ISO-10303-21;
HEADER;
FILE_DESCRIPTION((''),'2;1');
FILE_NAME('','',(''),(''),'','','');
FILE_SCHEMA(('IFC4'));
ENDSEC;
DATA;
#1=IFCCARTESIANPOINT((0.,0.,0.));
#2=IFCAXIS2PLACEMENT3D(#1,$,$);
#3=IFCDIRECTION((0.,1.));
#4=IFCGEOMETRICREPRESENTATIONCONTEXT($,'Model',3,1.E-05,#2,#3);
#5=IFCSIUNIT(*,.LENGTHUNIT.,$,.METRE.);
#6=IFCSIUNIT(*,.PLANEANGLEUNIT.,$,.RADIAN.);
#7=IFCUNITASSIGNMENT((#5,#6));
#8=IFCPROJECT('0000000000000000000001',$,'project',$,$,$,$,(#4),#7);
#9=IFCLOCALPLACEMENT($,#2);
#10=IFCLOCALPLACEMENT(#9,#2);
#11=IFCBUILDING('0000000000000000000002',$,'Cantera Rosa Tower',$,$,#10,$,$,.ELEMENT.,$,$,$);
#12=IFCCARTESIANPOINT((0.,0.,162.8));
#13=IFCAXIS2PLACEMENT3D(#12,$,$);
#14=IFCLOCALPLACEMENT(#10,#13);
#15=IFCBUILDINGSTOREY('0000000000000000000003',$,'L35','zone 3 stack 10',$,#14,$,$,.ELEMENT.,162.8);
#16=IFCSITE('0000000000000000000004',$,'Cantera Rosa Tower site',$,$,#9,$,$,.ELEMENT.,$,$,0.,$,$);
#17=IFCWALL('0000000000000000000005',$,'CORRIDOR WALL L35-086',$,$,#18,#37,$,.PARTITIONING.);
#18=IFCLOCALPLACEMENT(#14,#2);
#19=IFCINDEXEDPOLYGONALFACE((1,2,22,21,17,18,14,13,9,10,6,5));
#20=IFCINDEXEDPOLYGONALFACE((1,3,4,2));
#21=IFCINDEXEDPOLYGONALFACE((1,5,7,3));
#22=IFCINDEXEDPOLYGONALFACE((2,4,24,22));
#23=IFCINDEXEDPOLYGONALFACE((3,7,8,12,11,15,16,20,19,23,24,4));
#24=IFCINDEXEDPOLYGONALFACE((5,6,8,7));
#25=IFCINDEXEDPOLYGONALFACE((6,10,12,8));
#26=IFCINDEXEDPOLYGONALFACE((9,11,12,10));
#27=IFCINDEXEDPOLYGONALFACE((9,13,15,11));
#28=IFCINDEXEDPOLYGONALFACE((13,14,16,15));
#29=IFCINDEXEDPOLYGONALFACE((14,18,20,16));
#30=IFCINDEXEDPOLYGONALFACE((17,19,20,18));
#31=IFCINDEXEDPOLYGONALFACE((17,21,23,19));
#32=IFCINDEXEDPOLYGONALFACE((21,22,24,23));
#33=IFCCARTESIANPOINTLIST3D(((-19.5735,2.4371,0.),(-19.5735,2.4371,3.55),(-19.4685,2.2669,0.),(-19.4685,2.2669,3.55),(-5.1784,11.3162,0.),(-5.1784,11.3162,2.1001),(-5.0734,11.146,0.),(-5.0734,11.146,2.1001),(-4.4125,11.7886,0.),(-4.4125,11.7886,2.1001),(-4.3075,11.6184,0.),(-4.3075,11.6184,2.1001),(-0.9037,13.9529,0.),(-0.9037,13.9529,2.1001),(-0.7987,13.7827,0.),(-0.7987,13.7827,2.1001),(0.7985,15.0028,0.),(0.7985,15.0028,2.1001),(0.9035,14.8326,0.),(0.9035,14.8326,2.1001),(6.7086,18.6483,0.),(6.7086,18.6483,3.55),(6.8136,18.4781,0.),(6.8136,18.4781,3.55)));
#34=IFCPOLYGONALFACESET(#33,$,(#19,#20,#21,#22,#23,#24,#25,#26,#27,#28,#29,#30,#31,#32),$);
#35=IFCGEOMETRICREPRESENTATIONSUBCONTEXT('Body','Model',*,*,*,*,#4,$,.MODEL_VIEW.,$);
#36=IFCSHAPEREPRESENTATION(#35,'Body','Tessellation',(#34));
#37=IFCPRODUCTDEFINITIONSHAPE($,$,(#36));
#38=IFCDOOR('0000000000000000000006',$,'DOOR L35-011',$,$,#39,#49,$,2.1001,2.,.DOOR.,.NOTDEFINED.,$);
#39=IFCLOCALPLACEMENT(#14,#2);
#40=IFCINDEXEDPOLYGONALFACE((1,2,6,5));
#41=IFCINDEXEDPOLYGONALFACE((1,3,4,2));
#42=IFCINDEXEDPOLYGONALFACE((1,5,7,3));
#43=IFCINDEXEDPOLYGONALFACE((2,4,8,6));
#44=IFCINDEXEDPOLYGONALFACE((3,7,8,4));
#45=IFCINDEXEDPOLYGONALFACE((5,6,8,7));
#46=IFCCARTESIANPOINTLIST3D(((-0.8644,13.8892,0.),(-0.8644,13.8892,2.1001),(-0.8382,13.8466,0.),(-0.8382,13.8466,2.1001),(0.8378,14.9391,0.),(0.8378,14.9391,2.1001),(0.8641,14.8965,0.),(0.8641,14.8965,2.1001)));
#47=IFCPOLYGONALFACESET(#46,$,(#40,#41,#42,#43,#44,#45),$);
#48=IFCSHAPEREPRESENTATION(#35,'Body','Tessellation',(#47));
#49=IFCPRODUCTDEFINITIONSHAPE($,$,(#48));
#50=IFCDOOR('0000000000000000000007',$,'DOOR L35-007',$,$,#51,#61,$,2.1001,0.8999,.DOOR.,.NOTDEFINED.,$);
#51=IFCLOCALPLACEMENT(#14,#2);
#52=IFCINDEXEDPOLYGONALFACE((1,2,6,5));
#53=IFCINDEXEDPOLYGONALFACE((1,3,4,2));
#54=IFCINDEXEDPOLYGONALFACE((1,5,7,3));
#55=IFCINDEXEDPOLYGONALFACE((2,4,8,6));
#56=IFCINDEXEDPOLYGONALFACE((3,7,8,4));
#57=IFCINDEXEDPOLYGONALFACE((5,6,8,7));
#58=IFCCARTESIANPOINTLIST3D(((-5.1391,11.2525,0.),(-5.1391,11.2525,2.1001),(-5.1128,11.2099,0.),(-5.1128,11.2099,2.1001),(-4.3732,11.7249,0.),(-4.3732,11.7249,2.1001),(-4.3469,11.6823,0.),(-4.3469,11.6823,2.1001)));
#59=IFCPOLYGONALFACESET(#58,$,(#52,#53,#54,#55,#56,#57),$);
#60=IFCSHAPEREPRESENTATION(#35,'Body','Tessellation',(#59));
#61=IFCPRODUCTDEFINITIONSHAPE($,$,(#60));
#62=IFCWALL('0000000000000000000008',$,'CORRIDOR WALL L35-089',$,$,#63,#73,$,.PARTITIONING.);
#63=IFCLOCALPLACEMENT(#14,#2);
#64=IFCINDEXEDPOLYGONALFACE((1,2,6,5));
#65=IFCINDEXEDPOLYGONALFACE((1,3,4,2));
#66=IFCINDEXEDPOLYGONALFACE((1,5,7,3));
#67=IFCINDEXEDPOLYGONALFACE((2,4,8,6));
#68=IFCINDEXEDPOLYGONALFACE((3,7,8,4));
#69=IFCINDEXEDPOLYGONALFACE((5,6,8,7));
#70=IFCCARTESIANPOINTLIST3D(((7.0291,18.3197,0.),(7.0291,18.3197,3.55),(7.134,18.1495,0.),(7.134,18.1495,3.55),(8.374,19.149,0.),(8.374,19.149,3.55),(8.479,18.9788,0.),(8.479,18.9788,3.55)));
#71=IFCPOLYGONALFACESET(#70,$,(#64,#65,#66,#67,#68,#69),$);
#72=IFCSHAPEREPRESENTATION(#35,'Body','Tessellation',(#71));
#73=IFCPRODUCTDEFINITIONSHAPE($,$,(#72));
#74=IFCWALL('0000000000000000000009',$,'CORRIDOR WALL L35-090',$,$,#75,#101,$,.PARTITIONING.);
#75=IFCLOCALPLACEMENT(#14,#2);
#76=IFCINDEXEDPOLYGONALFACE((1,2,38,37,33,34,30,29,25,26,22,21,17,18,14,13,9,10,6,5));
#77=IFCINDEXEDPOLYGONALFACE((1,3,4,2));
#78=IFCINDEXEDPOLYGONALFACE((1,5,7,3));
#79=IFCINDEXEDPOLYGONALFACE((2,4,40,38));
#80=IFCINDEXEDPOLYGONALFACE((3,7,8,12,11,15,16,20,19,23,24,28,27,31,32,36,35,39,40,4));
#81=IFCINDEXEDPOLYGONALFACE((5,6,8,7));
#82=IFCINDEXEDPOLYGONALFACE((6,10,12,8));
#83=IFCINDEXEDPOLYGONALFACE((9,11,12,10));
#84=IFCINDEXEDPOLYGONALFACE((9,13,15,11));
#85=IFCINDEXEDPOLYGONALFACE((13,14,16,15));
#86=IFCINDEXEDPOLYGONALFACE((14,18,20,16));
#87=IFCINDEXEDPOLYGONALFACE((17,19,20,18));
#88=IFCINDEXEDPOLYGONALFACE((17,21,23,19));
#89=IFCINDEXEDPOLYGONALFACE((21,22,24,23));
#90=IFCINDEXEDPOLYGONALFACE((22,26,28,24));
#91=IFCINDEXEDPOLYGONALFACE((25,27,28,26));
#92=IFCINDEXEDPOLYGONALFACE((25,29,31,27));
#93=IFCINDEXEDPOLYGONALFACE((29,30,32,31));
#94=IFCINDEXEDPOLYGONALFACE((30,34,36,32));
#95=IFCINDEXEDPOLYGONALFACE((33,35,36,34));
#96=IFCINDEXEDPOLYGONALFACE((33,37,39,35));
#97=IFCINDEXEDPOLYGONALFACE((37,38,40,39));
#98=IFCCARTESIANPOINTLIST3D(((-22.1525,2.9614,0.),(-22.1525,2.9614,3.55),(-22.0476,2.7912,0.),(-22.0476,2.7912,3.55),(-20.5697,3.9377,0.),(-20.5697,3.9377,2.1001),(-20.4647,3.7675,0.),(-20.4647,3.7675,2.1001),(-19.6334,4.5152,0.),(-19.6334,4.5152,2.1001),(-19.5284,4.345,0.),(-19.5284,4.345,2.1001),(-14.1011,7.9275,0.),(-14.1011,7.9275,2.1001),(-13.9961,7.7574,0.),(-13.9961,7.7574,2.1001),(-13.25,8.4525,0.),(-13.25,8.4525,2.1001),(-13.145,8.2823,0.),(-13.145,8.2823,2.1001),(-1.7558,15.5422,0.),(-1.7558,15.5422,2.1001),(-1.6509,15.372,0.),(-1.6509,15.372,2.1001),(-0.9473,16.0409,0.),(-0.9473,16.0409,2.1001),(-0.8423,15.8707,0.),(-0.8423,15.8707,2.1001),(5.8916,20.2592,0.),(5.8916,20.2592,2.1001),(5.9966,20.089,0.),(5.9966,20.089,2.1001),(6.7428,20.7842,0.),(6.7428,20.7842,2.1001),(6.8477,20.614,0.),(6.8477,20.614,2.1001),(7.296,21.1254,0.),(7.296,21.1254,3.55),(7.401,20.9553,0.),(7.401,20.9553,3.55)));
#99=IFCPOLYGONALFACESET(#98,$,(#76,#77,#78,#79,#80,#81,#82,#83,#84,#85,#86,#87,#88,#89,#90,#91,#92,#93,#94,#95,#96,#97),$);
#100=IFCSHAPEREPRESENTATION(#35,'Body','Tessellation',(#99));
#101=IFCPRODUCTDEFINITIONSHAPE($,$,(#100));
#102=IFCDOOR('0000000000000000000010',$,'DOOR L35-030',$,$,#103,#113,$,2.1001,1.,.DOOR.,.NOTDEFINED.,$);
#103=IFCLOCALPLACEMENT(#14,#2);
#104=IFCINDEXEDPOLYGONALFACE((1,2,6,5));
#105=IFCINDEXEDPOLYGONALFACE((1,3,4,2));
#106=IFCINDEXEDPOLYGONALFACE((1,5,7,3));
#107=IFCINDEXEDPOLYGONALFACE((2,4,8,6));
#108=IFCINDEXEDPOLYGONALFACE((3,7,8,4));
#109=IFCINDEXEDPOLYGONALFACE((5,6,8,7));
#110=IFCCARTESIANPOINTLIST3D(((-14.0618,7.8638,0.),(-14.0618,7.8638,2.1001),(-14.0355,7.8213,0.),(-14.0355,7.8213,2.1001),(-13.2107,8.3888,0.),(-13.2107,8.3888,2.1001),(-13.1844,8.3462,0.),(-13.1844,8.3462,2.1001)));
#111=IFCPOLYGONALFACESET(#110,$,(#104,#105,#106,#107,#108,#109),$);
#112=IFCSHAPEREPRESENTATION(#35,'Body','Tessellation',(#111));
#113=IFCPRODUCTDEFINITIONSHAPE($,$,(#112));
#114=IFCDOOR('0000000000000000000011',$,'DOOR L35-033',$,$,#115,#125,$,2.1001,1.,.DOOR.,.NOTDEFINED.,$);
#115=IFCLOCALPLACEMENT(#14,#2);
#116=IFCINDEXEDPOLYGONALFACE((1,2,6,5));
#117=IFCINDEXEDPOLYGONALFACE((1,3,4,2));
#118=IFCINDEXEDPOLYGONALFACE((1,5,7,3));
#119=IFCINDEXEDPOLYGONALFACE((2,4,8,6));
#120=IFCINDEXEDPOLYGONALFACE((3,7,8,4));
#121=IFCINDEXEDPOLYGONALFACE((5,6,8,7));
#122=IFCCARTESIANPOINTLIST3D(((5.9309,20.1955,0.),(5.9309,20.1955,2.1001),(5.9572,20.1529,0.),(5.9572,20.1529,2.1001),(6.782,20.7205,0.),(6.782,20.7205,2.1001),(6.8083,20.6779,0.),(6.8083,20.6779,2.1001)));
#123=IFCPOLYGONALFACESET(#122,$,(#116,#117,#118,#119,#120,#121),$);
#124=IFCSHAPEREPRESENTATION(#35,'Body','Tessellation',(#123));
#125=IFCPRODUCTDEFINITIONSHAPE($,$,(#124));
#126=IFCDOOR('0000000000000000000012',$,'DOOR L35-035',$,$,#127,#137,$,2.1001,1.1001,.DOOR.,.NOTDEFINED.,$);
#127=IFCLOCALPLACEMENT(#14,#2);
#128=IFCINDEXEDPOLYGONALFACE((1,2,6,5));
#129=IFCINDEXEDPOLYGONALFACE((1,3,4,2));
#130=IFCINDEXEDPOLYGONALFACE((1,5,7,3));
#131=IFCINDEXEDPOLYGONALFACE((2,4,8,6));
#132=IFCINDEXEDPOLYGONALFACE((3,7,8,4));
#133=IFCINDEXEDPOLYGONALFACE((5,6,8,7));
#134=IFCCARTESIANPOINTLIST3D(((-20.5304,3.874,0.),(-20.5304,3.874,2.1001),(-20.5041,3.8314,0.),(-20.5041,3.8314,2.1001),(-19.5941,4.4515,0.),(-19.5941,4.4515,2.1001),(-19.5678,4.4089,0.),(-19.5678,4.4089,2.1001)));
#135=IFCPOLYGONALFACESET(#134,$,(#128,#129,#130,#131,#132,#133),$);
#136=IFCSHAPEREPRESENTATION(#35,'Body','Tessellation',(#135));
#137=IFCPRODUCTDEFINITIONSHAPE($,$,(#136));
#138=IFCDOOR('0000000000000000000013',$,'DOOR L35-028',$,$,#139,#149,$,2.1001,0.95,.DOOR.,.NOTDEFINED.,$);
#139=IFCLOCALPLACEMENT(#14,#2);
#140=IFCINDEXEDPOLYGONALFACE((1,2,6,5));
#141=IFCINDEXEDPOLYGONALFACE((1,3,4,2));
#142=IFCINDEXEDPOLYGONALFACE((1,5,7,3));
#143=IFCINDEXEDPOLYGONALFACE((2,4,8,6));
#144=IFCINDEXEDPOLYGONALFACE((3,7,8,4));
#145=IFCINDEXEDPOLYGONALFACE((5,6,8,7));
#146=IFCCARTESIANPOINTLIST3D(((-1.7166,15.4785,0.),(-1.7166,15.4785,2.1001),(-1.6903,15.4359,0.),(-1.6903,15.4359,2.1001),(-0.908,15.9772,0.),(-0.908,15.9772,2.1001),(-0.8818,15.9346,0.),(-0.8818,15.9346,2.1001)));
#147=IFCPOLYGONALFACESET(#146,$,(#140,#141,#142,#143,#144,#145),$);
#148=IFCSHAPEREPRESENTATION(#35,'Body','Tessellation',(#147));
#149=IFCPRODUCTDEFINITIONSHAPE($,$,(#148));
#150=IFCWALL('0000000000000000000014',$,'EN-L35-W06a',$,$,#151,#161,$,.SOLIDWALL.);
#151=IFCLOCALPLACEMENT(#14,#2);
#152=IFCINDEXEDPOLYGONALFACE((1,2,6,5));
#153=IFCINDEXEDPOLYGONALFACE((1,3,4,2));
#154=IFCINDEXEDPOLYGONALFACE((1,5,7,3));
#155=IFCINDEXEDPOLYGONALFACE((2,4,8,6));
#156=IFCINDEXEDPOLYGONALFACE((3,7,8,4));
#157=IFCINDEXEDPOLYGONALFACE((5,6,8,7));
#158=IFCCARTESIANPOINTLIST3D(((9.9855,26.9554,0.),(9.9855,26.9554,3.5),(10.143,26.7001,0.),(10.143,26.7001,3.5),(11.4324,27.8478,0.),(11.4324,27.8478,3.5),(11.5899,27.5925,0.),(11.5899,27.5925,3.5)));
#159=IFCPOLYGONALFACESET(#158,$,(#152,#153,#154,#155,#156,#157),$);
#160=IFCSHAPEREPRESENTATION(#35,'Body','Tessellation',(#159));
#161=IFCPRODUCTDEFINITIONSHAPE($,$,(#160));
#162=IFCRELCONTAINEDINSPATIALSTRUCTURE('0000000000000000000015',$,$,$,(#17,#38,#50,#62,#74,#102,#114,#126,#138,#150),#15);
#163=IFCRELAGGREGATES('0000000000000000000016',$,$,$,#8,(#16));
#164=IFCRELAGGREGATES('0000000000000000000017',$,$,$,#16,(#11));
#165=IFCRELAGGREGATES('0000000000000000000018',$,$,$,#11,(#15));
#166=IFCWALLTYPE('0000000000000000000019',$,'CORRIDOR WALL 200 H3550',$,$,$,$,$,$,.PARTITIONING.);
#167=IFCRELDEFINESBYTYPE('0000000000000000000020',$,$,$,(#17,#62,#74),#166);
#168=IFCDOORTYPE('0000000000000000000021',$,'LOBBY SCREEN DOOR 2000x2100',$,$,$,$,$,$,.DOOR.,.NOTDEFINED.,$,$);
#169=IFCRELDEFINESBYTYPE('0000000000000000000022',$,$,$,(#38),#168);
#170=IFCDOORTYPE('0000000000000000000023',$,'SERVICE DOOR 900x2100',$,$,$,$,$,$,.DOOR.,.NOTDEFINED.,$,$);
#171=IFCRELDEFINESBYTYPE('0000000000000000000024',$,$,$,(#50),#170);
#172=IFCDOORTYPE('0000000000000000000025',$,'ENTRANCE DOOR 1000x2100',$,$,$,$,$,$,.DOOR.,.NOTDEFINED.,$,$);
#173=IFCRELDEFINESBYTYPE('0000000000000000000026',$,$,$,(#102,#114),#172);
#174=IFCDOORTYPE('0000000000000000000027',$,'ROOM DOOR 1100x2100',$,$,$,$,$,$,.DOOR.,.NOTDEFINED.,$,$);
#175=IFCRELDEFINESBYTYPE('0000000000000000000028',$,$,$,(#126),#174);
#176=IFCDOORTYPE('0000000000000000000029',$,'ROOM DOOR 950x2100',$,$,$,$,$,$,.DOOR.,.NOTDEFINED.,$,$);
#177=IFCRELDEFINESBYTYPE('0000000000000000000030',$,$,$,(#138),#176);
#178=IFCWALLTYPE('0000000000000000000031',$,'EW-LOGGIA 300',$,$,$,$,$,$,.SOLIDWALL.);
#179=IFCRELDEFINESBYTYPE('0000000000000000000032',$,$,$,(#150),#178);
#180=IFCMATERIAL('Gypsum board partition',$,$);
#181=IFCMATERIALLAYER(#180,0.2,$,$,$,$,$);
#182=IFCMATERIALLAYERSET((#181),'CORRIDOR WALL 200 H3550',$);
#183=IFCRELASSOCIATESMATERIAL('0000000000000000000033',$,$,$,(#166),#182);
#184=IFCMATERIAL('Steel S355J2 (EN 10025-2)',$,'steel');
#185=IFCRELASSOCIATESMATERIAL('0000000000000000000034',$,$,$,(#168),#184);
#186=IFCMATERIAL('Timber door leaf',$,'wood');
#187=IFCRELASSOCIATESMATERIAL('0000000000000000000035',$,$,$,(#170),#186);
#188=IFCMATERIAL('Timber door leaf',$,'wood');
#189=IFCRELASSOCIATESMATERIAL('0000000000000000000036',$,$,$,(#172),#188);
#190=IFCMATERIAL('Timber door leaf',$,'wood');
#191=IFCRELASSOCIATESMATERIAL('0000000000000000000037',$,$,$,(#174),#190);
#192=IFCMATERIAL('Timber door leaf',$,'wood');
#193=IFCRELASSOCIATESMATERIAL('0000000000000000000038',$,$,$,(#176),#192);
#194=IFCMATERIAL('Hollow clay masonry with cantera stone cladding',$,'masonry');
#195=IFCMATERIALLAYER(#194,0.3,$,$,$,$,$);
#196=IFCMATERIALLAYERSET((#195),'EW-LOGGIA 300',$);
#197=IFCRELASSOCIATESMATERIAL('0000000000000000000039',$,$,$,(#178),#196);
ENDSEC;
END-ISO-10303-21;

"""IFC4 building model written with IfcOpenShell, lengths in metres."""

from ifc_helpers import new_model, si_unit, direction, frame, frame_2d, origin, place, context, subcontext, project, spatial, rectangle, extrude, material, layer, layer_set, type_object, element, fill, save


model = new_model("IFC4")

# Units and contexts
model_context = context("Model", 3, precision=1e-05, world=origin(), true_north=direction((0.0, 1.0)))
body_context = subcontext(model_context, "Body", "Model", "MODEL_VIEW")
ifc_project = project(units=[si_unit("LENGTHUNIT", "METRE"), si_unit("PLANEANGLEUNIT", "RADIAN")], contexts=[model_context])

# Site, building, storey
site_placement = place(None, origin())
site = spatial("IfcSite", under=ifc_project, at=site_placement, Name="Cantera Rosa Tower site", CompositionType="ELEMENT", RefElevation=0.0)
building_placement = place(site_placement, origin())
building = spatial("IfcBuilding", under=site, at=building_placement, Name="Cantera Rosa Tower", CompositionType="ELEMENT")
storey_placement = place(building_placement, frame((0.0, 0.0, 162.8)))
storey = spatial("IfcBuildingStorey", under=building, at=storey_placement, Name="L35", Description="zone 3 stack 10", CompositionType="ELEMENT", Elevation=162.8)

# Wall, openings, doors
ifc_material_1 = material(Name="Gypsum board partition")
ifc_layer_1 = layer(ifc_material_1, 0.2)
ifc_layer_set_1 = layer_set([ifc_layer_1], Name="CORRIDOR WALL 200 H3550")
wall_type_1 = type_object("IfcWallType", Name="CORRIDOR WALL 200 H3550", PredefinedType="PARTITIONING", material=ifc_layer_set_1)
wall_1_placement = place(storey_placement, frame((6.7612, 18.5632, 0.0), z_axis=(0.0, 0.0, 1.0), x_axis=(-0.851116, -0.524978, 0.0)))
wall_1 = element("IfcWall", 1, at=wall_1_placement, inside=storey, type_object=wall_type_1, Name="CORRIDOR WALL L35-086", PredefinedType="PARTITIONING", context=body_context, shape_type="SweptSolid", body=[
    extrude(rectangle(XDim=30.8796, YDim=0.2, at=frame_2d((15.4399, 0.0))), origin(), (0.0, 0.0, 1.0), 3.55),
])
opening_1_placement = place(wall_1_placement, frame((13.0667, 0.0, 0.0)))
opening_1 = element("IfcOpeningElement", 2, at=opening_1_placement, cuts=wall_1, PredefinedType="OPENING", context=body_context, shape_type="SweptSolid", body=[
    extrude(rectangle(XDim=0.8999, YDim=2.1001, at=frame_2d((0.45, 1.05))), frame((0.0, 0.1099, 0.0), z_axis=(0.0, -1.0, 0.0), x_axis=(1.0, 0.0, 0.0)), (0.0, 0.0, 1.0), 0.22),
])
opening_2_placement = place(wall_1_placement, frame((6.9441, 0.0, 0.0)))
opening_2 = element("IfcOpeningElement", 3, at=opening_2_placement, cuts=wall_1, PredefinedType="OPENING", context=body_context, shape_type="SweptSolid", body=[
    extrude(rectangle(XDim=2.0, YDim=2.1001, at=frame_2d((1.0, 1.05))), frame((0.0, 0.1099, 0.0), z_axis=(0.0, -1.0, 0.0), x_axis=(1.0, 0.0, 0.0)), (0.0, 0.0, 1.0), 0.22),
])
ifc_material_2 = material(Name="Steel S355J2 (EN 10025-2)", Category="steel")
door_type_1 = type_object("IfcDoorType", Name="LOBBY SCREEN DOOR 2000x2100", OperationType="NOTDEFINED", PredefinedType="DOOR", material=ifc_material_2)
door_1_placement = place(opening_2_placement, origin())
door_1 = element("IfcDoor", 4, at=door_1_placement, inside=storey, type_object=door_type_1, Name="DOOR L35-011", OperationType="NOTDEFINED", OverallHeight=2.1001, OverallWidth=2.0, PredefinedType="DOOR", context=body_context, shape_type="SweptSolid", body=[
    extrude(rectangle(XDim=2.0, YDim=2.1001, at=frame_2d((1.0, 1.05))), frame((0.0, 0.0249, 0.0), z_axis=(0.0, -1.0, 0.0), x_axis=(1.0, 0.0, 0.0)), (0.0, 0.0, 1.0), 0.05),
])
fill(opening_2, door_1)
ifc_material_3 = material(Name="Timber door leaf", Category="wood")
door_type_2 = type_object("IfcDoorType", Name="SERVICE DOOR 900x2100", OperationType="NOTDEFINED", PredefinedType="DOOR", material=ifc_material_3)
door_2_placement = place(opening_1_placement, origin())
door_2 = element("IfcDoor", 5, at=door_2_placement, inside=storey, type_object=door_type_2, Name="DOOR L35-007", OperationType="NOTDEFINED", OverallHeight=2.1001, OverallWidth=0.8999, PredefinedType="DOOR", context=body_context, shape_type="SweptSolid", body=[
    extrude(rectangle(XDim=0.8999, YDim=2.1001, at=frame_2d((0.45, 1.05))), frame((0.0, 0.0249, 0.0), z_axis=(0.0, -1.0, 0.0), x_axis=(1.0, 0.0, 0.0)), (0.0, 0.0, 1.0), 0.05),
])
fill(opening_1, door_2)

# Wall
wall_2_placement = place(storey_placement, frame((7.0815, 18.2346, 0.0), z_axis=(0.0, 0.0, 1.0), x_axis=(0.851186, 0.524864, 0.0)))
element("IfcWall", 6, at=wall_2_placement, inside=storey, type_object=wall_type_1, Name="CORRIDOR WALL L35-089", PredefinedType="PARTITIONING", context=body_context, shape_type="SweptSolid", body=[
    extrude(rectangle(XDim=1.5801, YDim=0.2, at=frame_2d((0.79, 0.0))), origin(), (0.0, 0.0, 1.0), 3.55),
])

# Wall, openings, doors
wall_3_placement = place(storey_placement, frame((7.3484, 21.0403, 0.0), z_axis=(0.0, 0.0, 1.0), x_axis=(-0.851117, -0.524976, 0.0)))
wall_3 = element("IfcWall", 7, at=wall_3_placement, inside=storey, type_object=wall_type_1, Name="CORRIDOR WALL L35-090", PredefinedType="PARTITIONING", context=body_context, shape_type="SweptSolid", body=[
    extrude(rectangle(XDim=34.5999, YDim=0.2, at=frame_2d((17.2998, 0.0))), origin(), (0.0, 0.0, 1.0), 3.55),
])
opening_3_placement = place(wall_3_placement, frame((9.6851, 0.0, 0.0)))
opening_3 = element("IfcOpeningElement", 8, at=opening_3_placement, cuts=wall_3, PredefinedType="OPENING", context=body_context, shape_type="SweptSolid", body=[
    extrude(rectangle(XDim=0.95, YDim=2.1001, at=frame_2d((0.4751, 1.05))), frame((0.0, 0.1099, 0.0), z_axis=(0.0, -1.0, 0.0), x_axis=(1.0, 0.0, 0.0)), (0.0, 0.0, 1.0), 0.22),
])
opening_4_placement = place(wall_3_placement, frame((24.1399, 0.0, 0.0)))
opening_4 = element("IfcOpeningElement", 9, at=opening_4_placement, cuts=wall_3, PredefinedType="OPENING", context=body_context, shape_type="SweptSolid", body=[
    extrude(rectangle(XDim=1.0, YDim=2.1001, at=frame_2d((0.5, 1.05))), frame((0.0, 0.1099, 0.0), z_axis=(0.0, -1.0, 0.0), x_axis=(1.0, 0.0, 0.0)), (0.0, 0.0, 1.0), 0.22),
])
opening_5_placement = place(wall_3_placement, frame((0.6499, 0.0, 0.0)))
opening_5 = element("IfcOpeningElement", 10, at=opening_5_placement, cuts=wall_3, PredefinedType="OPENING", context=body_context, shape_type="SweptSolid", body=[
    extrude(rectangle(XDim=1.0, YDim=2.1001, at=frame_2d((0.5, 1.05))), frame((0.0, 0.1099, 0.0), z_axis=(0.0, -1.0, 0.0), x_axis=(1.0, 0.0, 0.0)), (0.0, 0.0, 1.0), 0.22),
])
opening_6_placement = place(wall_3_placement, frame((31.6399, 0.0, 0.0)))
opening_6 = element("IfcOpeningElement", 11, at=opening_6_placement, cuts=wall_3, PredefinedType="OPENING", context=body_context, shape_type="SweptSolid", body=[
    extrude(rectangle(XDim=1.1001, YDim=2.1001, at=frame_2d((0.55, 1.05))), frame((0.0, 0.1099, 0.0), z_axis=(0.0, -1.0, 0.0), x_axis=(1.0, 0.0, 0.0)), (0.0, 0.0, 1.0), 0.22),
])
ifc_material_4 = material(Name="Timber door leaf", Category="wood")
door_type_3 = type_object("IfcDoorType", Name="ENTRANCE DOOR 1000x2100", OperationType="NOTDEFINED", PredefinedType="DOOR", material=ifc_material_4)
door_3_placement = place(opening_4_placement, origin())
door_3 = element("IfcDoor", 12, at=door_3_placement, inside=storey, type_object=door_type_3, Name="DOOR L35-030", OperationType="NOTDEFINED", OverallHeight=2.1001, OverallWidth=1.0, PredefinedType="DOOR", context=body_context, shape_type="SweptSolid", body=[
    extrude(rectangle(XDim=1.0, YDim=2.1001, at=frame_2d((0.5, 1.05))), frame((0.0, 0.0249, 0.0), z_axis=(0.0, -1.0, 0.0), x_axis=(1.0, 0.0, 0.0)), (0.0, 0.0, 1.0), 0.05),
])
fill(opening_4, door_3)
door_4_placement = place(opening_5_placement, origin())
door_4 = element("IfcDoor", 13, at=door_4_placement, inside=storey, type_object=door_type_3, Name="DOOR L35-033", OperationType="NOTDEFINED", OverallHeight=2.1001, OverallWidth=1.0, PredefinedType="DOOR", context=body_context, shape_type="SweptSolid", body=[
    extrude(rectangle(XDim=1.0, YDim=2.1001, at=frame_2d((0.5, 1.05))), frame((0.0, 0.0249, 0.0), z_axis=(0.0, -1.0, 0.0), x_axis=(1.0, 0.0, 0.0)), (0.0, 0.0, 1.0), 0.05),
])
fill(opening_5, door_4)
ifc_material_5 = material(Name="Timber door leaf", Category="wood")
door_type_4 = type_object("IfcDoorType", Name="ROOM DOOR 1100x2100", OperationType="NOTDEFINED", PredefinedType="DOOR", material=ifc_material_5)
door_5_placement = place(opening_6_placement, origin())
door_5 = element("IfcDoor", 14, at=door_5_placement, inside=storey, type_object=door_type_4, Name="DOOR L35-035", OperationType="NOTDEFINED", OverallHeight=2.1001, OverallWidth=1.1001, PredefinedType="DOOR", context=body_context, shape_type="SweptSolid", body=[
    extrude(rectangle(XDim=1.1001, YDim=2.1001, at=frame_2d((0.55, 1.05))), frame((0.0, 0.0249, 0.0), z_axis=(0.0, -1.0, 0.0), x_axis=(1.0, 0.0, 0.0)), (0.0, 0.0, 1.0), 0.05),
])
fill(opening_6, door_5)
ifc_material_6 = material(Name="Timber door leaf", Category="wood")
door_type_5 = type_object("IfcDoorType", Name="ROOM DOOR 950x2100", OperationType="NOTDEFINED", PredefinedType="DOOR", material=ifc_material_6)
door_6_placement = place(opening_3_placement, origin())
door_6 = element("IfcDoor", 15, at=door_6_placement, inside=storey, type_object=door_type_5, Name="DOOR L35-028", OperationType="NOTDEFINED", OverallHeight=2.1001, OverallWidth=0.95, PredefinedType="DOOR", context=body_context, shape_type="SweptSolid", body=[
    extrude(rectangle(XDim=0.95, YDim=2.1001, at=frame_2d((0.4751, 1.05))), frame((0.0, 0.0249, 0.0), z_axis=(0.0, -1.0, 0.0), x_axis=(1.0, 0.0, 0.0)), (0.0, 0.0, 1.0), 0.05),
])
fill(opening_3, door_6)

# Wall
ifc_material_7 = material(Name="Hollow clay masonry with cantera stone cladding", Category="masonry")
ifc_layer_2 = layer(ifc_material_7, 0.3)
ifc_layer_set_2 = layer_set([ifc_layer_2], Name="EW-LOGGIA 300")
wall_type_2 = type_object("IfcWallType", Name="EW-LOGGIA 300", PredefinedType="SOLIDWALL", material=ifc_layer_set_2)
wall_4_placement = place(storey_placement, frame((11.5112, 27.7202, 0.0), z_axis=(0.0, 0.0, 1.0), x_axis=(-0.85113, -0.524955, 0.0)))
element("IfcWall", 16, at=wall_4_placement, inside=storey, type_object=wall_type_2, Name="EN-L35-W06a", PredefinedType="SOLIDWALL", context=body_context, shape_type="SweptSolid", body=[
    extrude(rectangle(XDim=1.7, YDim=0.3, at=frame_2d((0.8501, 0.0))), origin(), (0.0, 0.0, 1.0), 3.5),
])

save(model, "model.ifc")
